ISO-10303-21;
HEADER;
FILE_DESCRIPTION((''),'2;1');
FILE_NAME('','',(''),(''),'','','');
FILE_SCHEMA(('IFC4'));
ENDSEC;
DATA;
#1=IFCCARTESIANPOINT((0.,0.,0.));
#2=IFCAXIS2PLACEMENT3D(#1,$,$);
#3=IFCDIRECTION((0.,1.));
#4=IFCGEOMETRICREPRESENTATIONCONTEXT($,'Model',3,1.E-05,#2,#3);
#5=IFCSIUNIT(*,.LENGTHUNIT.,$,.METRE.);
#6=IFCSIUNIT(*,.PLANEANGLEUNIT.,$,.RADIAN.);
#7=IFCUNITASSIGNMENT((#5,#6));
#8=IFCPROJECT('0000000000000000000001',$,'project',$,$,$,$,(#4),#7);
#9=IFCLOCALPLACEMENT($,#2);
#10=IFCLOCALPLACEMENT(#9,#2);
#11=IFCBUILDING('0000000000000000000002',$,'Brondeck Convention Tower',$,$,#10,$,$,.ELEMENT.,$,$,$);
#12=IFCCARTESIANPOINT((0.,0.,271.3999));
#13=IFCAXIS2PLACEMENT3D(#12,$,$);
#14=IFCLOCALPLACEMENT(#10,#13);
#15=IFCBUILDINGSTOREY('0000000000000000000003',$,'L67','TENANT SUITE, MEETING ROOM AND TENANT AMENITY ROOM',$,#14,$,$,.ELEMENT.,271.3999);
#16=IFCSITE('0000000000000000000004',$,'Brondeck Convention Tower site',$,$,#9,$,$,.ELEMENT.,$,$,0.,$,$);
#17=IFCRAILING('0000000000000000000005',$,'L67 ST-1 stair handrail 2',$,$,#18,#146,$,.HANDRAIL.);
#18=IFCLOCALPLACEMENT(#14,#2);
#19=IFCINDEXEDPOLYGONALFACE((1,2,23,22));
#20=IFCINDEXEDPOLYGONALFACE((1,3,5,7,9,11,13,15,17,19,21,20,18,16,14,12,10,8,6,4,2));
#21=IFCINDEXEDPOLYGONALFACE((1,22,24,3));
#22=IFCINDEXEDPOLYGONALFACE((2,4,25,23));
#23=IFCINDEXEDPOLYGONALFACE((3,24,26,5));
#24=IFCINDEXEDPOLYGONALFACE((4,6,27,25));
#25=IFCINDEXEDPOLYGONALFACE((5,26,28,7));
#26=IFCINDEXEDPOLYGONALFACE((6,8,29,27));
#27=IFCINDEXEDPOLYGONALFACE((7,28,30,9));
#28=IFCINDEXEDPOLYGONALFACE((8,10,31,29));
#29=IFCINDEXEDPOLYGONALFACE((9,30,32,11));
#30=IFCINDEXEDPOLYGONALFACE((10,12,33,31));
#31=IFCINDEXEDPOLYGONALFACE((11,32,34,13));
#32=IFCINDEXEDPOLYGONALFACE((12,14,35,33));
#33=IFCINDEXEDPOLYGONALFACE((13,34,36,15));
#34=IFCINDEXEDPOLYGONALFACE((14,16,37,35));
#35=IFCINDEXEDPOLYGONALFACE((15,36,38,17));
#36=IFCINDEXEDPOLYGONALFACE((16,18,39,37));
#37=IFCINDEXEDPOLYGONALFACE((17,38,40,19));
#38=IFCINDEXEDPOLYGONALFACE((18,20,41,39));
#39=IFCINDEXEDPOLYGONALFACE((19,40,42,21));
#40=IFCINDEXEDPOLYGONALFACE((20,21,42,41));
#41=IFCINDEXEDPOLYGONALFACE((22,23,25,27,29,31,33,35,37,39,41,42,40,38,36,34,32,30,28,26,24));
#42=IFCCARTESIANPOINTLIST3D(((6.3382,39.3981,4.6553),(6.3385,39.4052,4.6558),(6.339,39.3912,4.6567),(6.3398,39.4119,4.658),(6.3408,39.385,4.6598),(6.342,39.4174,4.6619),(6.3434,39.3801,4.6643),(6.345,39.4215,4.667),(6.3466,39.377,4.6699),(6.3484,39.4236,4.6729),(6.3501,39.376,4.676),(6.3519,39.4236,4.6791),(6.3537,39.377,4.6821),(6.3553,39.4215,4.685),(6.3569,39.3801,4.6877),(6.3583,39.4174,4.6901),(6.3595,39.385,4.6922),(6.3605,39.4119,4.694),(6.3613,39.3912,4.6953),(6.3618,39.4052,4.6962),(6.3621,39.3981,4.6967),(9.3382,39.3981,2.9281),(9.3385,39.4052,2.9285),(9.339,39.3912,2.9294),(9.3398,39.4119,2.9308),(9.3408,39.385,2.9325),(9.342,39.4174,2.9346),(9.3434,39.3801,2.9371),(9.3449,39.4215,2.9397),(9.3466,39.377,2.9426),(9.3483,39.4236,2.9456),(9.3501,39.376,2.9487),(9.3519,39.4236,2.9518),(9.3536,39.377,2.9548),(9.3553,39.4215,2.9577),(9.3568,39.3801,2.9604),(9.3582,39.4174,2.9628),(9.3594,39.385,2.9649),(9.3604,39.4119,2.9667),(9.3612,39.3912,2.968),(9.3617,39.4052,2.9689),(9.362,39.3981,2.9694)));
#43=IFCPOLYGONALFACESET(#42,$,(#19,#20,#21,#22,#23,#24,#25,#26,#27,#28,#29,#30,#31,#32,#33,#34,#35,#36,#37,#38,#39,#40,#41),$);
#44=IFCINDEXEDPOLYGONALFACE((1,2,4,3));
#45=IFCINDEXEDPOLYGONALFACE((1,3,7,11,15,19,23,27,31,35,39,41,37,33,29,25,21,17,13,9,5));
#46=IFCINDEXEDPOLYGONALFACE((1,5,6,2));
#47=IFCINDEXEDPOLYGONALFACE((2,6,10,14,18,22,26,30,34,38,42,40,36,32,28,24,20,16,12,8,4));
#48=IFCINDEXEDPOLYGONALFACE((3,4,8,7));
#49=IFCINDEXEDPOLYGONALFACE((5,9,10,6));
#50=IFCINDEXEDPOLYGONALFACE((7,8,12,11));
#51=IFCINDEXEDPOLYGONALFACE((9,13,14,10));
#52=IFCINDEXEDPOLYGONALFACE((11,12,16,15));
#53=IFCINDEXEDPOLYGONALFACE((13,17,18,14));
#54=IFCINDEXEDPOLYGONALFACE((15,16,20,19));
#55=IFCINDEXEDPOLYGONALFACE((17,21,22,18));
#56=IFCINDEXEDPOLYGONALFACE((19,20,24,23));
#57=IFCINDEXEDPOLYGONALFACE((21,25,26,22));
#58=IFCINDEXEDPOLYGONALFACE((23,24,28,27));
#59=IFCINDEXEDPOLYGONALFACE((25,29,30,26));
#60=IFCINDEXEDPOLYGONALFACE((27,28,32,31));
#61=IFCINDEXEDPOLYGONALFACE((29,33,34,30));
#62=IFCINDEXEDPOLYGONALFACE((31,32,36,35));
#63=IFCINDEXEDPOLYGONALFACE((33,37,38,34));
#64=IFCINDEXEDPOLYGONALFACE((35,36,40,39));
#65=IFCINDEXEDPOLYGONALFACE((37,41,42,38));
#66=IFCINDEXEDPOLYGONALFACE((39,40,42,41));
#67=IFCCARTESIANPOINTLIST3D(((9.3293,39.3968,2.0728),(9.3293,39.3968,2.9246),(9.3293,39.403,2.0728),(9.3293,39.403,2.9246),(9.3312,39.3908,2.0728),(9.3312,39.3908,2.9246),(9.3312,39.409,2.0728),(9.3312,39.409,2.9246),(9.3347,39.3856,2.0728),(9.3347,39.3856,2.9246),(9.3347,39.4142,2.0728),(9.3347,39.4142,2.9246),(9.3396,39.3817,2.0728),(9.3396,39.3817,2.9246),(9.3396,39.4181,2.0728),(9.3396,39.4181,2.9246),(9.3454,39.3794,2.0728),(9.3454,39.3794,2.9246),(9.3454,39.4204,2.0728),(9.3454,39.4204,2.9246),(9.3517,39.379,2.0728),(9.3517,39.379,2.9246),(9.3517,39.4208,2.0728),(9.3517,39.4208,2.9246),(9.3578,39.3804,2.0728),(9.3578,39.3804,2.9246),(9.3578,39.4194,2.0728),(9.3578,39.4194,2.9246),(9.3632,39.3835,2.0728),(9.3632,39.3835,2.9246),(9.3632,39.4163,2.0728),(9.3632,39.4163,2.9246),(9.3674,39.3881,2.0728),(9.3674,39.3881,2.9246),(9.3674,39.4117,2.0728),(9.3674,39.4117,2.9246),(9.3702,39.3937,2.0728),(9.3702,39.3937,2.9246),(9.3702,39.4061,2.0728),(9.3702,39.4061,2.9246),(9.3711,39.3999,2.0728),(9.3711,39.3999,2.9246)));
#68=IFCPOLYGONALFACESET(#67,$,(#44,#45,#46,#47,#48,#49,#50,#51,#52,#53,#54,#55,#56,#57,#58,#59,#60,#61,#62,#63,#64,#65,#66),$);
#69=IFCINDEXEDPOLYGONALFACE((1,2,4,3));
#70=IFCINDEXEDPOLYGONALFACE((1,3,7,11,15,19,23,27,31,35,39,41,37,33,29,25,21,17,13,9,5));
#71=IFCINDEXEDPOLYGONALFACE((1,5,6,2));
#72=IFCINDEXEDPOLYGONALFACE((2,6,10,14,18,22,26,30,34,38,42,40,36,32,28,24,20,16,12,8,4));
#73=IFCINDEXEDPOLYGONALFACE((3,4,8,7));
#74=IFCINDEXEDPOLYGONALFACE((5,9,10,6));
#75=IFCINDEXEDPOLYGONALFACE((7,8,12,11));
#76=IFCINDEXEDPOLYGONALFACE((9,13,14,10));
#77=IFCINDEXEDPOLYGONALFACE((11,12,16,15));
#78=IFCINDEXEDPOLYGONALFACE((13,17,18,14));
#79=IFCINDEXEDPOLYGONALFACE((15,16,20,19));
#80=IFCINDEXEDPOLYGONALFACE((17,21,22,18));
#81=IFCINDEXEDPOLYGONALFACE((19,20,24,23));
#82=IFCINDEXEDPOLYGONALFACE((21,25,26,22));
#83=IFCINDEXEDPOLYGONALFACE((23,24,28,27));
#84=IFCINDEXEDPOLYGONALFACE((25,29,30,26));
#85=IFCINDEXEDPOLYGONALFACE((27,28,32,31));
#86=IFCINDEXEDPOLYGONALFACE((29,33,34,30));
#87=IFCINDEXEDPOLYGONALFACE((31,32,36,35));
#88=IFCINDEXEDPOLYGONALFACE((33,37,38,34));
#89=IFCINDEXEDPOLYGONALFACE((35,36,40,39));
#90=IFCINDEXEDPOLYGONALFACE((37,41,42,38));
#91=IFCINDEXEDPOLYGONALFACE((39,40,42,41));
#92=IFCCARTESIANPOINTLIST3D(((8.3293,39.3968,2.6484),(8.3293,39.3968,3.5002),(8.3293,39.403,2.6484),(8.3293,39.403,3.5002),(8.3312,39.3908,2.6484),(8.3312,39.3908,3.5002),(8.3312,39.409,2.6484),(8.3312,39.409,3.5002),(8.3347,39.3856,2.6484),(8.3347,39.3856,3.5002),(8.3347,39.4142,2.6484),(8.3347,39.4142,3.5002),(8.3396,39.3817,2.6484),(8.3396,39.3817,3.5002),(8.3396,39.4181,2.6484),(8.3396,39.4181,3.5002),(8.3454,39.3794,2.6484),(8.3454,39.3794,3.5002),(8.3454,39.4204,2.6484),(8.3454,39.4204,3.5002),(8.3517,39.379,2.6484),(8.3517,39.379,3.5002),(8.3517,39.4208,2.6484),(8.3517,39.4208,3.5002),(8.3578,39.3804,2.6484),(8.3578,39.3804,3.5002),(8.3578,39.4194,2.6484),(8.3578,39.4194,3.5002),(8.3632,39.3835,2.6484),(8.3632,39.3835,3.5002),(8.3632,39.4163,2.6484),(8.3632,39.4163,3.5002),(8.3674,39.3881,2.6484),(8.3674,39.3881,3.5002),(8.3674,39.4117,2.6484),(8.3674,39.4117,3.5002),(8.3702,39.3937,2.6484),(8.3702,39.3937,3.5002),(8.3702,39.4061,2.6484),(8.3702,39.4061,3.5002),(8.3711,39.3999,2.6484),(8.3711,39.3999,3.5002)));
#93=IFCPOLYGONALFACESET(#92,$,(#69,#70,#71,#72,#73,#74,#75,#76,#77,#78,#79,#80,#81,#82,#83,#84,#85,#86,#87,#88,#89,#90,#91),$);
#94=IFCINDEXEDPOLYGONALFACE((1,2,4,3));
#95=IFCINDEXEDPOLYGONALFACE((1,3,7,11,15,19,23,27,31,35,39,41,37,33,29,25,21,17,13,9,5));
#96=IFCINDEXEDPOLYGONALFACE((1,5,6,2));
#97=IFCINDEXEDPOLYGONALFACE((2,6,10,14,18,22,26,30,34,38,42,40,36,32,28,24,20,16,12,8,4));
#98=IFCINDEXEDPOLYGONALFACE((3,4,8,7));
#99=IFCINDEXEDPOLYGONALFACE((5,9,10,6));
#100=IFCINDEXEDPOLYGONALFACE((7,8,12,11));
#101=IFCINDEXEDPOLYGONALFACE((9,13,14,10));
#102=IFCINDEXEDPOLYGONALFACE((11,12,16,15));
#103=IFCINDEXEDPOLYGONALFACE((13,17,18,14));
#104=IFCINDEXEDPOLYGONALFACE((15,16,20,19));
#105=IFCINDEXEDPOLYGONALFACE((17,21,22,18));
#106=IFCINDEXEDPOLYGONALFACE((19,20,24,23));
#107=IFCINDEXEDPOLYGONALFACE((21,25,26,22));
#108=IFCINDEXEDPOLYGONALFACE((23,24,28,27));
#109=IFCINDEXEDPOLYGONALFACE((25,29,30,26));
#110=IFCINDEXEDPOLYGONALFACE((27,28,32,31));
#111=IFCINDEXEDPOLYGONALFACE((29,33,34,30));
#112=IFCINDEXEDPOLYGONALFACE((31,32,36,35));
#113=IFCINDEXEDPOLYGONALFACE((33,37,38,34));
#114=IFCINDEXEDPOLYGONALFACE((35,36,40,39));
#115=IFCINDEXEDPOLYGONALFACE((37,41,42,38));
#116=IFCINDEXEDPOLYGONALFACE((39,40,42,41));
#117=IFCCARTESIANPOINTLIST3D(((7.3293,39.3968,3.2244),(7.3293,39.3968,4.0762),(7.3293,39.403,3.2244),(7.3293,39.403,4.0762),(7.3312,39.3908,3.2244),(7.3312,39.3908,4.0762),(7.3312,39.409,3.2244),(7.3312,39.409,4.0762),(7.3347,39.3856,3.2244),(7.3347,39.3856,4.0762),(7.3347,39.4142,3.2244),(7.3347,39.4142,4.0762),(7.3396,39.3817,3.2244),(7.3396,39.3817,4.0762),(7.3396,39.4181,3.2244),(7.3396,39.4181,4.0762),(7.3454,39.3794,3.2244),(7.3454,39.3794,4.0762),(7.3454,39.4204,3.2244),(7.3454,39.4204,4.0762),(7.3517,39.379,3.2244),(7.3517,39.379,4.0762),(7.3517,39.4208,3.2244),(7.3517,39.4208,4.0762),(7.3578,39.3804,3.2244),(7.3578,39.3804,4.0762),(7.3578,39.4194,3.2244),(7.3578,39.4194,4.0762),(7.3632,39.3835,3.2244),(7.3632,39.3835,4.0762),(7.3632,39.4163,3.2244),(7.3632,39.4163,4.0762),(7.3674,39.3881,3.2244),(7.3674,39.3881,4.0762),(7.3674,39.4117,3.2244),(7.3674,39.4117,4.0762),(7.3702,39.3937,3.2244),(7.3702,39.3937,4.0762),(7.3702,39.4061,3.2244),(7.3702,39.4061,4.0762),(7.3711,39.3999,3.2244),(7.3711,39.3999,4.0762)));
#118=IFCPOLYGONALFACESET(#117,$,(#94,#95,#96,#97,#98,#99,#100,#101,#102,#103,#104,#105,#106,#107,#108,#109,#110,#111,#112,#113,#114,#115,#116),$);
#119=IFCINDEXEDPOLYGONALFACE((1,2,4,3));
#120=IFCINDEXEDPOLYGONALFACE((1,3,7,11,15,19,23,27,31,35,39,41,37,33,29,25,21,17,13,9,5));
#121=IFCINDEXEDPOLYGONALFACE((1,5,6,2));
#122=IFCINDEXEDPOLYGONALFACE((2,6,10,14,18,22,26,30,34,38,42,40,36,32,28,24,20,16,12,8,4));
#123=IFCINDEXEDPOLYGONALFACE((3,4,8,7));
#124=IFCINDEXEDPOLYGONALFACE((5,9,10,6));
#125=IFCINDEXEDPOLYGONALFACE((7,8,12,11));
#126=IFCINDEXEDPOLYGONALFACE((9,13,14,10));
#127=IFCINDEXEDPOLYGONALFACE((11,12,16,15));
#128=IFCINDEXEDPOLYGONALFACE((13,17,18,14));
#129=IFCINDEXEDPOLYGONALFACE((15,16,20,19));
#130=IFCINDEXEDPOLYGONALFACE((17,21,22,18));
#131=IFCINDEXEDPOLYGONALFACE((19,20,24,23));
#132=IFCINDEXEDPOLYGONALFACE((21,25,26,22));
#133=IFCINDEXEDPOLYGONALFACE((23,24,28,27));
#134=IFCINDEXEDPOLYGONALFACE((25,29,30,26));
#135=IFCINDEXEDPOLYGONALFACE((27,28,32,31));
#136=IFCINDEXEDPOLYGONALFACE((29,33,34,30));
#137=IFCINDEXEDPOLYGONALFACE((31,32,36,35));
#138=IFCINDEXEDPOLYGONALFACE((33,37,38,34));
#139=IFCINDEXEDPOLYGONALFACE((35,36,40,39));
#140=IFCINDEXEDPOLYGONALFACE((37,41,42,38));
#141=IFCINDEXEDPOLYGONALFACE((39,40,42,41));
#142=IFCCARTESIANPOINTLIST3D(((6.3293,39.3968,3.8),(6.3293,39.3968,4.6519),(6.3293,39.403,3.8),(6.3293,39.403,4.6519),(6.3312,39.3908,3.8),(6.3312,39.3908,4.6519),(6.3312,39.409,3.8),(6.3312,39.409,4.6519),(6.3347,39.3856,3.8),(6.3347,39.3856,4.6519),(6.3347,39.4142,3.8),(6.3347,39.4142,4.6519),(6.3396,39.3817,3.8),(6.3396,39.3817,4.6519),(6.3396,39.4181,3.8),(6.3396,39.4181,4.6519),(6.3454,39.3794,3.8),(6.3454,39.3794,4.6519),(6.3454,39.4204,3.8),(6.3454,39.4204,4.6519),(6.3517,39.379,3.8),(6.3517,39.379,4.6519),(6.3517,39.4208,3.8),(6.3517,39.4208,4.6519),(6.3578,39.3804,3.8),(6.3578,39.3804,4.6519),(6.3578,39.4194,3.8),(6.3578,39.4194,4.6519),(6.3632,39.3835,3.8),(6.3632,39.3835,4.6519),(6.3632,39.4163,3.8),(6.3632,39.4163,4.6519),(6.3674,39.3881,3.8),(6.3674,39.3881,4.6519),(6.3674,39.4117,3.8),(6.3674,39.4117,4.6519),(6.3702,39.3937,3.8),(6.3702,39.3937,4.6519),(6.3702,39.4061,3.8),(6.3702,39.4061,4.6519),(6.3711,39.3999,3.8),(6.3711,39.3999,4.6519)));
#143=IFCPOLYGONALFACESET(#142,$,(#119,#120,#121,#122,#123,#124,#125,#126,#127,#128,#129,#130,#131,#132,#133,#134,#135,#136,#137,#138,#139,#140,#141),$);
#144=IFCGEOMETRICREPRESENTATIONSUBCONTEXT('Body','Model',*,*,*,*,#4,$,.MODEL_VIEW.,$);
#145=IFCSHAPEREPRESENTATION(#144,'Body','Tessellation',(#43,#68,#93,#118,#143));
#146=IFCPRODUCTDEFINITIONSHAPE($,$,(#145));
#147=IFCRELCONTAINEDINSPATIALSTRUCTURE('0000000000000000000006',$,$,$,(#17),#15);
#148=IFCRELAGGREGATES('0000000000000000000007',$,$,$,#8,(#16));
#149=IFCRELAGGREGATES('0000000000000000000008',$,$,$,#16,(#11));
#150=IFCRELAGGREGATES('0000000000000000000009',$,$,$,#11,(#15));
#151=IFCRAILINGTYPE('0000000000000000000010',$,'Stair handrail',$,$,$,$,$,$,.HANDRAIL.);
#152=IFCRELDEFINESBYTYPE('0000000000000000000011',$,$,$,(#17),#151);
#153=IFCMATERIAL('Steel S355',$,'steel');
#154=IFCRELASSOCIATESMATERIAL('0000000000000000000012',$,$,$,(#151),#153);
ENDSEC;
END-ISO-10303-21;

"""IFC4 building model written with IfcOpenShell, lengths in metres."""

from ifc_helpers import new_model, si_unit, direction, frame, origin, origin_2d, place, context, subcontext, project, spatial, circle, extrude, material, type_object, element, save


model = new_model("IFC4")

# Units and contexts
model_context = context("Model", 3, precision=1e-05, world=origin(), true_north=direction((0.0, 1.0)))
body_context = subcontext(model_context, "Body", "Model", "MODEL_VIEW")
ifc_project = project(units=[si_unit("LENGTHUNIT", "METRE"), si_unit("PLANEANGLEUNIT", "RADIAN")], contexts=[model_context])

# Site, building, storey
site_placement = place(None, origin())
site = spatial("IfcSite", under=ifc_project, at=site_placement, Name="Brondeck Convention Tower site", CompositionType="ELEMENT", RefElevation=0.0)
building_placement = place(site_placement, origin())
building = spatial("IfcBuilding", under=site, at=building_placement, Name="Brondeck Convention Tower", CompositionType="ELEMENT")
storey_placement = place(building_placement, frame((0.0, 0.0, 271.3999)))
storey = spatial("IfcBuildingStorey", under=building, at=storey_placement, Name="L67", Description="TENANT SUITE, MEETING ROOM AND TENANT AMENITY ROOM", CompositionType="ELEMENT", Elevation=271.3999)

# Railing
ifc_material_1 = material(Name="Steel S355", Category="steel")
railing_type_1 = type_object("IfcRailingType", Name="Stair handrail", PredefinedType="HANDRAIL", material=ifc_material_1)
railing_1_placement = place(storey_placement, frame((9.3501, 39.3999, 2.0728)))
element("IfcRailing", 1, at=railing_1_placement, inside=storey, type_object=railing_type_1, Name="L67 ST-1 stair handrail 2", PredefinedType="HANDRAIL", context=body_context, shape_type="SweptSolid", body=[
    extrude(circle(Radius=0.0239, at=origin_2d()), frame((0.0, 0.0, 0.876), z_axis=(-0.86662, 0.0, 0.498969), x_axis=(0.0, -1.0, 0.0)), (0.0, 0.0, 1.0), 3.4617),
    extrude(circle(Radius=0.021, at=origin_2d()), origin(), (0.0, 0.0, 1.0), 0.8518),
    extrude(circle(Radius=0.021, at=origin_2d()), frame((-1.0, 0.0, 0.5757)), (0.0, 0.0, 1.0), 0.8518),
    extrude(circle(Radius=0.021, at=origin_2d()), frame((-2.0, 0.0, 1.1516)), (0.0, 0.0, 1.0), 0.8518),
    extrude(circle(Radius=0.021, at=origin_2d()), frame((-3.0, 0.0, 1.7273)), (0.0, 0.0, 1.0), 0.8518),
])

save(model, "model.ifc")
